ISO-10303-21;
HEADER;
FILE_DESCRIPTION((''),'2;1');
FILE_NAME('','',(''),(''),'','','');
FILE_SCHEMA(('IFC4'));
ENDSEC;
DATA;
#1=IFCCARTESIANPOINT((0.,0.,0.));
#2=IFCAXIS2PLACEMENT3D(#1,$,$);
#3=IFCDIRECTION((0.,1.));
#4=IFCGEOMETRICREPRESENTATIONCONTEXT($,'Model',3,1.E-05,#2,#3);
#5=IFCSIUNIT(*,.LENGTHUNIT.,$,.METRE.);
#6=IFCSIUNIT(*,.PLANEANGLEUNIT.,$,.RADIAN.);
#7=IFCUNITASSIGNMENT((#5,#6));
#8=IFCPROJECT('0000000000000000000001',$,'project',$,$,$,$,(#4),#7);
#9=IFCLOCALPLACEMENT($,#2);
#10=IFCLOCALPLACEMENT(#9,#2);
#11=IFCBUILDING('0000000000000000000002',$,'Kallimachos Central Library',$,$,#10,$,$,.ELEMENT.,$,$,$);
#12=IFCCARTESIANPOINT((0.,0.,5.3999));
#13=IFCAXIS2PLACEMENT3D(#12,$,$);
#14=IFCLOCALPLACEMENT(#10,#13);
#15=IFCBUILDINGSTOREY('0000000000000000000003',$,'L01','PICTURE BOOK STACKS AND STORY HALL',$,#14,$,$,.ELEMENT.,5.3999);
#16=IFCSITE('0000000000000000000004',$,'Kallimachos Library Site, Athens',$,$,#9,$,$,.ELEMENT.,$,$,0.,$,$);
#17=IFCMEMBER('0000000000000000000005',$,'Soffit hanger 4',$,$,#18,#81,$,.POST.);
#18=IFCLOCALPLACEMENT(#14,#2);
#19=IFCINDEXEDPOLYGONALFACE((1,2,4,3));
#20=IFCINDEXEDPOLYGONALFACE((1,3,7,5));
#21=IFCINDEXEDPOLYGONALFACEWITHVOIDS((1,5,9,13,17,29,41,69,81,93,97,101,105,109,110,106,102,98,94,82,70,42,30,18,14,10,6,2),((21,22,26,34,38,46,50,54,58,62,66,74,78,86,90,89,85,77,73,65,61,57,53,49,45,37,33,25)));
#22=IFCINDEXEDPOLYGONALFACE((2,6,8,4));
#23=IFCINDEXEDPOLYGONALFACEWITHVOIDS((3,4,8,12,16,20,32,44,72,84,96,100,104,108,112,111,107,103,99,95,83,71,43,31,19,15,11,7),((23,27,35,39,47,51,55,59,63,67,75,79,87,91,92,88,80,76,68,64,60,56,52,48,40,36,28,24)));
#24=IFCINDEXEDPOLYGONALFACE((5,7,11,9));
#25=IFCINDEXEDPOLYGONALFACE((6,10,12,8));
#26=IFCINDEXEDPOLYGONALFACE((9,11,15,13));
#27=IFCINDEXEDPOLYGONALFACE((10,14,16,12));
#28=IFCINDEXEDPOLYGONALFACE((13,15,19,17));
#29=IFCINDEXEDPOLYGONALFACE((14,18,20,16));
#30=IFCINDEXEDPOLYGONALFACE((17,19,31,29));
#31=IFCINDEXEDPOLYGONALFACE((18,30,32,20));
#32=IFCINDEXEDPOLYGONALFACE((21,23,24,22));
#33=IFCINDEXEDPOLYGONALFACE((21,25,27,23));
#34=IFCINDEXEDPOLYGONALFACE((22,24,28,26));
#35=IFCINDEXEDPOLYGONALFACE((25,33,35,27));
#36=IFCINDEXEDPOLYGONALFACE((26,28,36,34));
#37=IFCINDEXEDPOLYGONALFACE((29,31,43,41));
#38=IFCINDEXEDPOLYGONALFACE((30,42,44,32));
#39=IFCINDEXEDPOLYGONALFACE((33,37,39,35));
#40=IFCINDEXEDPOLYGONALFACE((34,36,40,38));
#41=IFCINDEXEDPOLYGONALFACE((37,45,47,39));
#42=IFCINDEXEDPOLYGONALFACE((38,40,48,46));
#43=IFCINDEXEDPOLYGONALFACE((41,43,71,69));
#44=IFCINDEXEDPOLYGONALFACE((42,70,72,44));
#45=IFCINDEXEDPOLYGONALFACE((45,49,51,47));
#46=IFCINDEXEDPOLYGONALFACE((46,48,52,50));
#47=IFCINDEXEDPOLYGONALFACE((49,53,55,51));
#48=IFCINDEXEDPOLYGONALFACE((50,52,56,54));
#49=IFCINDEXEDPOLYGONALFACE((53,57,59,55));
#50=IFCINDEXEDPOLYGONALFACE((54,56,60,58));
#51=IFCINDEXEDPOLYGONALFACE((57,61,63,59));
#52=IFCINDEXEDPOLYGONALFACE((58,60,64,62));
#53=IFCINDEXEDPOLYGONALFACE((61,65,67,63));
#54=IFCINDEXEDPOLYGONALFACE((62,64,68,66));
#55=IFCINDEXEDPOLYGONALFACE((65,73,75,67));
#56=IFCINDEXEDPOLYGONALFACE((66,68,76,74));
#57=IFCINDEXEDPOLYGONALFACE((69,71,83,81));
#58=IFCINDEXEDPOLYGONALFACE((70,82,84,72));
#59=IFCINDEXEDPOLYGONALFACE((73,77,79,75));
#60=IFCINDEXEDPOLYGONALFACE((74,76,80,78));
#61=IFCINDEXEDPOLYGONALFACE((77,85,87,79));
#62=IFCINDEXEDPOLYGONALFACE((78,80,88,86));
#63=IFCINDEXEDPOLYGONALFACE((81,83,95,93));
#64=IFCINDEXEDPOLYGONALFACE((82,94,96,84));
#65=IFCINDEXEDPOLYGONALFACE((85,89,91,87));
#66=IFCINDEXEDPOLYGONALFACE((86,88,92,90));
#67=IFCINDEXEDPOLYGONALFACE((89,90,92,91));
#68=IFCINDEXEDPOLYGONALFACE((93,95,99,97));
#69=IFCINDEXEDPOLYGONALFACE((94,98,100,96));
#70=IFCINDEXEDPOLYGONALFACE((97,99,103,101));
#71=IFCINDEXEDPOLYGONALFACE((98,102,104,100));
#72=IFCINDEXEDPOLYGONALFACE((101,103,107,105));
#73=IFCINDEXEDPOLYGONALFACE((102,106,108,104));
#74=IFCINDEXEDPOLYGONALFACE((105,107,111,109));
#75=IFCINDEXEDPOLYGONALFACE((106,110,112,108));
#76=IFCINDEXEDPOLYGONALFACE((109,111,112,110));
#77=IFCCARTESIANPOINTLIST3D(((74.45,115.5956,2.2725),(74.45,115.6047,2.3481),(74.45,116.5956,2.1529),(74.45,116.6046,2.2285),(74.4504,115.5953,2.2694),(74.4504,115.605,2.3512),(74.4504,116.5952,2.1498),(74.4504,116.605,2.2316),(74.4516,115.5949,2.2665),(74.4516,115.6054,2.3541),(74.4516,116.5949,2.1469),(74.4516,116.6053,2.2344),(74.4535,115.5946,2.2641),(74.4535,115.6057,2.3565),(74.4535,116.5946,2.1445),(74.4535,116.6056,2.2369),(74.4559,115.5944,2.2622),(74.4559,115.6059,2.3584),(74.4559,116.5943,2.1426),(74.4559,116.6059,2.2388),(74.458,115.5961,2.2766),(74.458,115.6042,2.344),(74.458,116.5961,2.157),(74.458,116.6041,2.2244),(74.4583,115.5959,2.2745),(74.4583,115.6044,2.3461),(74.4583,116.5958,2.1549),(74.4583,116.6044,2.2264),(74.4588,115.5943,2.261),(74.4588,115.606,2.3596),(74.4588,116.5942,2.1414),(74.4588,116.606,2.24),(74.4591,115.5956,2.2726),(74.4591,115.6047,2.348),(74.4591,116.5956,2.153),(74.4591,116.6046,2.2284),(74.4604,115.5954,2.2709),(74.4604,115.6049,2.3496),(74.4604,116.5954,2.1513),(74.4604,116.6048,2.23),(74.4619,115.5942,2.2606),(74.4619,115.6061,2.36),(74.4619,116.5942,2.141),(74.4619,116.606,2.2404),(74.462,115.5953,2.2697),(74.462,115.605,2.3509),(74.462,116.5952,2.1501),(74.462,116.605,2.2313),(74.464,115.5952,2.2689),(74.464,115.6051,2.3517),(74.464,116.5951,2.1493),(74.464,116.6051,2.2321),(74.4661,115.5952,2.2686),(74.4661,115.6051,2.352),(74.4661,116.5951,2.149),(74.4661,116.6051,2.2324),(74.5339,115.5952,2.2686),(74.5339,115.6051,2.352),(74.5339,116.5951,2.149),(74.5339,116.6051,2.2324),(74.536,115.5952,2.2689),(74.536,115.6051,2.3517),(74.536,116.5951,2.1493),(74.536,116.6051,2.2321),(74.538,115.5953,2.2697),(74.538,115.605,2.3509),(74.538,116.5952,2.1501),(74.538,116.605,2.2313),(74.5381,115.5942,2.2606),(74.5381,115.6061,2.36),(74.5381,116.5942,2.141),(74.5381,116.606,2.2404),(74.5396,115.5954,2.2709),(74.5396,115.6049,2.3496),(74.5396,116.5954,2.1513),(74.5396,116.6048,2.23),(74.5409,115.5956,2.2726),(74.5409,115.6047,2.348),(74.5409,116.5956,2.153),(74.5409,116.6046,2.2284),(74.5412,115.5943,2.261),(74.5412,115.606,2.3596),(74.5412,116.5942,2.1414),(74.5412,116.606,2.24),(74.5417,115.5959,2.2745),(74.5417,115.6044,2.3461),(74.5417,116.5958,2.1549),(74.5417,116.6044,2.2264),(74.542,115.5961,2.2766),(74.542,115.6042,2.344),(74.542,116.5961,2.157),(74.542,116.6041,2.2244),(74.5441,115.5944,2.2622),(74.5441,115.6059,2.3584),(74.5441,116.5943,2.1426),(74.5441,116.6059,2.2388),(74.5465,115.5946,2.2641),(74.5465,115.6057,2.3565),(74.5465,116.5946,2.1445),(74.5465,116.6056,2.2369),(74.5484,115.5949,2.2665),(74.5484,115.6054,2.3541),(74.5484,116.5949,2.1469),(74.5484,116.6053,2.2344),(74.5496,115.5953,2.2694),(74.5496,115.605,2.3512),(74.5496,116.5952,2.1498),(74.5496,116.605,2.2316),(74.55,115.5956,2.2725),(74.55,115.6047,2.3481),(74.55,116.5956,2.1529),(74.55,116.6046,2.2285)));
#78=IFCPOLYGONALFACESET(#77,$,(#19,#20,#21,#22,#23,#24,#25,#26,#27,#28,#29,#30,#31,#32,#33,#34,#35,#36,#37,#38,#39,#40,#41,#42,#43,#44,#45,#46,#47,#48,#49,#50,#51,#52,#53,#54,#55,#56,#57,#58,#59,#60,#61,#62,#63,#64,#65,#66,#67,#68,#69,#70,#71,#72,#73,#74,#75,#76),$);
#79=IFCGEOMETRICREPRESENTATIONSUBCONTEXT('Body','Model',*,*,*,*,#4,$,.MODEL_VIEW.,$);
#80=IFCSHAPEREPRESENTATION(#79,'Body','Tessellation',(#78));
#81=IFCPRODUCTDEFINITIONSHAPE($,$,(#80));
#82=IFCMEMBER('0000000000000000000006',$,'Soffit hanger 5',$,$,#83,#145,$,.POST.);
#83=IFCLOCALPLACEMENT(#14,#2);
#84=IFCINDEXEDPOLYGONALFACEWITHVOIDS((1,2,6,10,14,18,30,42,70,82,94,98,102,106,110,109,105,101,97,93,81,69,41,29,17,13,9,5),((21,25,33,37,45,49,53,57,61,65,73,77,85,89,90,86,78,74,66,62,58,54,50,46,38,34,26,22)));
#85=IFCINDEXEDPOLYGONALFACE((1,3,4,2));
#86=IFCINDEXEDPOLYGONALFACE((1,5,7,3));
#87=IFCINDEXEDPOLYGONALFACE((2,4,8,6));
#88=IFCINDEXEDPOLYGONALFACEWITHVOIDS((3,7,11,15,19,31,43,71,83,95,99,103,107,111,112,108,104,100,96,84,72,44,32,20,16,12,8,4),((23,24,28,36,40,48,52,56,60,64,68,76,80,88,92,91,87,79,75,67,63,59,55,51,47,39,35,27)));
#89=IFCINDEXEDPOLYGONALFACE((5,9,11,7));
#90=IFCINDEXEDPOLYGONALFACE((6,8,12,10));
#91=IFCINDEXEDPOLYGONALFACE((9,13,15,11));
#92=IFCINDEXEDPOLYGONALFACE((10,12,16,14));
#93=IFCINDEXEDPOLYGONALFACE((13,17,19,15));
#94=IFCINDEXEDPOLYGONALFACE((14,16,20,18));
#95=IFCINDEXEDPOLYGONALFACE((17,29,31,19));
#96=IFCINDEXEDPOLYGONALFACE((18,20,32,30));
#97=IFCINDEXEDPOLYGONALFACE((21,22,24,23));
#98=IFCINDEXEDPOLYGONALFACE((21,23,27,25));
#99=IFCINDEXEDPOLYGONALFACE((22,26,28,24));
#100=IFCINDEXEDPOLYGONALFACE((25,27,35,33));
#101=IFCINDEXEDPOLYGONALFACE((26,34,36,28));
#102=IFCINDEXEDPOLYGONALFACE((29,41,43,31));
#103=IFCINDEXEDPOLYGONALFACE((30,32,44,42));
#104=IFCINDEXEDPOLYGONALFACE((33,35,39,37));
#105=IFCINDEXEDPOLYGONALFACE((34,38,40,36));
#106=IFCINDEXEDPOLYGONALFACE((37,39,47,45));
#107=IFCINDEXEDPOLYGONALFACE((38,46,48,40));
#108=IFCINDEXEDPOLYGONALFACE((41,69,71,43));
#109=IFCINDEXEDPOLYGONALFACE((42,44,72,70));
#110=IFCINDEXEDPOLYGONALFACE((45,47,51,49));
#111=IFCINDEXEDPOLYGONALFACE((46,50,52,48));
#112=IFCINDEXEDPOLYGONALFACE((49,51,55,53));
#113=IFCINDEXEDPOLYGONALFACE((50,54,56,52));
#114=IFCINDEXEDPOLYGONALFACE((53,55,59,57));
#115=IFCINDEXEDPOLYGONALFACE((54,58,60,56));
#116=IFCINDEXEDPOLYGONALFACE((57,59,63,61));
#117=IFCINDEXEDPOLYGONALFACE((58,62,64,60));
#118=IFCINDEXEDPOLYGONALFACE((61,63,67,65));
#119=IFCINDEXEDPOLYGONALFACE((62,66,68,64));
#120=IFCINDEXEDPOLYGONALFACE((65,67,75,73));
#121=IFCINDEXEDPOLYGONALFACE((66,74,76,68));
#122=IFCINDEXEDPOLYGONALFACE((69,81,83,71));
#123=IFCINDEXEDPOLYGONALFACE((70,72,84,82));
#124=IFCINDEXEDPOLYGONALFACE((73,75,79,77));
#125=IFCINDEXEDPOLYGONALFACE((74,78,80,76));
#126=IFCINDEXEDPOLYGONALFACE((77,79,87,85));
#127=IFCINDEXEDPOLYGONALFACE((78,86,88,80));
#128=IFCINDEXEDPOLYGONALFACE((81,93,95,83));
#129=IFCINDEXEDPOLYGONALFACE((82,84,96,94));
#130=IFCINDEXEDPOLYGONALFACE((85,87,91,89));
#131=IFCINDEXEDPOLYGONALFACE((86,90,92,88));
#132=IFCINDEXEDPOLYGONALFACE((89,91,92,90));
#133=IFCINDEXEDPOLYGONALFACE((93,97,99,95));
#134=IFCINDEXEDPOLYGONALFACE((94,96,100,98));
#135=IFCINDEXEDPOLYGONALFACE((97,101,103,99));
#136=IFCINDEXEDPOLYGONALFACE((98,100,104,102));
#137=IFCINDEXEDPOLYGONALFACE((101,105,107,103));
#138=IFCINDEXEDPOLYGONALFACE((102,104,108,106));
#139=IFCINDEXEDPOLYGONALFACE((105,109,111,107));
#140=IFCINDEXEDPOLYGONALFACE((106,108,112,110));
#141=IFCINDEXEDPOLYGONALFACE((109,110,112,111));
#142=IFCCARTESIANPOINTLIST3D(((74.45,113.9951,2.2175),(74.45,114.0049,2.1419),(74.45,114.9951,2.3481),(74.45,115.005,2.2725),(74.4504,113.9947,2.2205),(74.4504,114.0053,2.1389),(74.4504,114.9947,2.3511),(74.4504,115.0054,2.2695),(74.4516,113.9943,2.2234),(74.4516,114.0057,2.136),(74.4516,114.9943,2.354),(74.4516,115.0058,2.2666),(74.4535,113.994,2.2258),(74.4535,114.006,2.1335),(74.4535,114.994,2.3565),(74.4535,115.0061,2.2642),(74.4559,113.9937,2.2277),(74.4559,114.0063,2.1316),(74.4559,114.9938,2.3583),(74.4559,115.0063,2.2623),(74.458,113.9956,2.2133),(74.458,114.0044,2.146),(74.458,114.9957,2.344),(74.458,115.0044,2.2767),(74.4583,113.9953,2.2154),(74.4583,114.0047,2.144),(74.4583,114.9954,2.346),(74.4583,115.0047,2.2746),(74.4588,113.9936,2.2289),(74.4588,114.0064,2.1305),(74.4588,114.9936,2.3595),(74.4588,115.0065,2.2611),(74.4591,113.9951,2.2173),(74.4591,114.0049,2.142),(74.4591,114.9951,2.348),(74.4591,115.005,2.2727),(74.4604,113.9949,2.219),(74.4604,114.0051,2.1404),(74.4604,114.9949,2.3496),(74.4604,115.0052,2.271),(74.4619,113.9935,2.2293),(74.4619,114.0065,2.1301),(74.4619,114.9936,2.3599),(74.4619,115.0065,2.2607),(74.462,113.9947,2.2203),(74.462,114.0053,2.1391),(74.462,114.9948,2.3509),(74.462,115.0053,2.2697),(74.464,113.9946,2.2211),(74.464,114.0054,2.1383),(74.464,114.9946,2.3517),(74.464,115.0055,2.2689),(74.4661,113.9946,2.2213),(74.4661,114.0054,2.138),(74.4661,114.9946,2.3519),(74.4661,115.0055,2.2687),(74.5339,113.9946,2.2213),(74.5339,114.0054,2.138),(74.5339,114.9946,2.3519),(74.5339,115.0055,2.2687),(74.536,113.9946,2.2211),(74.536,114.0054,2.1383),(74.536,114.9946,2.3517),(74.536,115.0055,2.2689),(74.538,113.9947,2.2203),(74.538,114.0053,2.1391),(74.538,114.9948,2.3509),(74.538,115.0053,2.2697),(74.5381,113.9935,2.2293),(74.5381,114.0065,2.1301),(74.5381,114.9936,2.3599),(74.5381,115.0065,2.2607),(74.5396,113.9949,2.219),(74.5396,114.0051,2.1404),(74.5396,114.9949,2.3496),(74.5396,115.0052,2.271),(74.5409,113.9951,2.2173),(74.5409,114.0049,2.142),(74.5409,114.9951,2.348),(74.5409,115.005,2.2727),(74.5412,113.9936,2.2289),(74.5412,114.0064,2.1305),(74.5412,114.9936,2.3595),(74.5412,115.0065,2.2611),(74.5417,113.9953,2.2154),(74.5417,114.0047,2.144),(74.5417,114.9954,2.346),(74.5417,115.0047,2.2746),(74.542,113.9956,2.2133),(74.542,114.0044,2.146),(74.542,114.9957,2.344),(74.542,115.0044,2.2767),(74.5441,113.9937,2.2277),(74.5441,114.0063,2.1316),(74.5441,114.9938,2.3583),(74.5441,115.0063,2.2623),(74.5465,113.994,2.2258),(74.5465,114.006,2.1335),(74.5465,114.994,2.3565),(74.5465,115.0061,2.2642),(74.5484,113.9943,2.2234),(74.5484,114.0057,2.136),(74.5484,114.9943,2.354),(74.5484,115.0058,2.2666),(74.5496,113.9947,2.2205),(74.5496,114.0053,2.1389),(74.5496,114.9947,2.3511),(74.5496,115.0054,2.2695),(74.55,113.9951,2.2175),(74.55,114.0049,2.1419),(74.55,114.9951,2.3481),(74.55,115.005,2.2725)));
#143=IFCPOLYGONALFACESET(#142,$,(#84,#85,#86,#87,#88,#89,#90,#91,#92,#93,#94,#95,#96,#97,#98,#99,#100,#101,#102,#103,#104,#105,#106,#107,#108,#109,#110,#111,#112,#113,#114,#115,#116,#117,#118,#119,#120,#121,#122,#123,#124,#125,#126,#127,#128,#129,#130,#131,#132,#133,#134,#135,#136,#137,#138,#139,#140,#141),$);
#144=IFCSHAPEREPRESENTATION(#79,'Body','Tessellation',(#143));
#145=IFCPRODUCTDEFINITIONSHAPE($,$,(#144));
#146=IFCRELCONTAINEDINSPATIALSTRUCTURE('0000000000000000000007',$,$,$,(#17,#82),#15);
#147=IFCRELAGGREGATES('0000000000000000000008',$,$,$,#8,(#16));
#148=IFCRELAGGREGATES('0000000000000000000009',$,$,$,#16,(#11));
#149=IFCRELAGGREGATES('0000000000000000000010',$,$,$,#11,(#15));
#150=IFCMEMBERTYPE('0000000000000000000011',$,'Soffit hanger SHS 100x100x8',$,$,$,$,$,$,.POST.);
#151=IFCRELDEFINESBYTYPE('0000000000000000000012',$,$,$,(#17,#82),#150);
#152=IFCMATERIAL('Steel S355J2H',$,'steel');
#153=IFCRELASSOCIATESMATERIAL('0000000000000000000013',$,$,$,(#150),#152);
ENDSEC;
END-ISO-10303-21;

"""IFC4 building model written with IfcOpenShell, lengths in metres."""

from ifc_helpers import new_model, si_unit, direction, frame, origin, origin_2d, place, context, subcontext, project, spatial, hollow_rectangle, extrude, material, material_profile, profile_set, type_object, element, save


model = new_model("IFC4")

# Units and contexts
model_context = context("Model", 3, precision=1e-05, world=origin(), true_north=direction((0.0, 1.0)))
body_context = subcontext(model_context, "Body", "Model", "MODEL_VIEW")
ifc_project = project(units=[si_unit("LENGTHUNIT", "METRE"), si_unit("PLANEANGLEUNIT", "RADIAN")], contexts=[model_context])

# Site, building, storey
site_placement = place(None, origin())
site = spatial("IfcSite", under=ifc_project, at=site_placement, Name="Kallimachos Library Site, Athens", CompositionType="ELEMENT", RefElevation=0.0)
building_placement = place(site_placement, origin())
building = spatial("IfcBuilding", under=site, at=building_placement, Name="Kallimachos Central Library", CompositionType="ELEMENT")
storey_placement = place(building_placement, frame((0.0, 0.0, 5.3999)))
storey = spatial("IfcBuildingStorey", under=building, at=storey_placement, Name="L01", Description="PICTURE BOOK STACKS AND STORY HALL", CompositionType="ELEMENT", Elevation=5.3999)

# Members
ifc_material_1 = material(Name="Steel S355J2H", Category="steel")
ifc_material_profile_1 = material_profile(ifc_material_1, hollow_rectangle(XDim=0.1001, YDim=0.1001, WallThickness=0.0081, InnerFilletRadius=0.0081, OuterFilletRadius=0.012, at=origin_2d()), Name="SHS 100x100x8")
ifc_profile_set_1 = profile_set([ifc_material_profile_1], Name="Steel S355J2H")
member_type_1 = type_object("IfcMemberType", Name="Soffit hanger SHS 100x100x8", PredefinedType="POST", material=ifc_profile_set_1)
member_1_placement = place(storey_placement, frame((74.5, 116.6001, 2.1907), z_axis=(0.0, -0.99292, 0.118782), x_axis=(1.0, 0.0, 0.0)))
element("IfcMember", 1, at=member_1_placement, inside=storey, type_object=member_type_1, Name="Soffit hanger 4", PredefinedType="POST", context=body_context, shape_type="SweptSolid", body=[
    extrude(hollow_rectangle(XDim=0.1001, YDim=0.1001, WallThickness=0.0081, InnerFilletRadius=0.0081, OuterFilletRadius=0.012, at=origin_2d()), origin(), (0.0, 0.0, 1.0), 1.0071),
])
member_2_placement = place(storey_placement, frame((74.5, 114.0, 2.1797), z_axis=(0.0, 0.991577, 0.129515), x_axis=(-1.0, 0.0, 0.0)))
element("IfcMember", 2, at=member_2_placement, inside=storey, type_object=member_type_1, Name="Soffit hanger 5", PredefinedType="POST", context=body_context, shape_type="SweptSolid", body=[
    extrude(hollow_rectangle(XDim=0.1001, YDim=0.1001, WallThickness=0.0081, InnerFilletRadius=0.0081, OuterFilletRadius=0.012, at=origin_2d()), origin(), (0.0, 0.0, 1.0), 1.0085),
])

save(model, "model.ifc")
